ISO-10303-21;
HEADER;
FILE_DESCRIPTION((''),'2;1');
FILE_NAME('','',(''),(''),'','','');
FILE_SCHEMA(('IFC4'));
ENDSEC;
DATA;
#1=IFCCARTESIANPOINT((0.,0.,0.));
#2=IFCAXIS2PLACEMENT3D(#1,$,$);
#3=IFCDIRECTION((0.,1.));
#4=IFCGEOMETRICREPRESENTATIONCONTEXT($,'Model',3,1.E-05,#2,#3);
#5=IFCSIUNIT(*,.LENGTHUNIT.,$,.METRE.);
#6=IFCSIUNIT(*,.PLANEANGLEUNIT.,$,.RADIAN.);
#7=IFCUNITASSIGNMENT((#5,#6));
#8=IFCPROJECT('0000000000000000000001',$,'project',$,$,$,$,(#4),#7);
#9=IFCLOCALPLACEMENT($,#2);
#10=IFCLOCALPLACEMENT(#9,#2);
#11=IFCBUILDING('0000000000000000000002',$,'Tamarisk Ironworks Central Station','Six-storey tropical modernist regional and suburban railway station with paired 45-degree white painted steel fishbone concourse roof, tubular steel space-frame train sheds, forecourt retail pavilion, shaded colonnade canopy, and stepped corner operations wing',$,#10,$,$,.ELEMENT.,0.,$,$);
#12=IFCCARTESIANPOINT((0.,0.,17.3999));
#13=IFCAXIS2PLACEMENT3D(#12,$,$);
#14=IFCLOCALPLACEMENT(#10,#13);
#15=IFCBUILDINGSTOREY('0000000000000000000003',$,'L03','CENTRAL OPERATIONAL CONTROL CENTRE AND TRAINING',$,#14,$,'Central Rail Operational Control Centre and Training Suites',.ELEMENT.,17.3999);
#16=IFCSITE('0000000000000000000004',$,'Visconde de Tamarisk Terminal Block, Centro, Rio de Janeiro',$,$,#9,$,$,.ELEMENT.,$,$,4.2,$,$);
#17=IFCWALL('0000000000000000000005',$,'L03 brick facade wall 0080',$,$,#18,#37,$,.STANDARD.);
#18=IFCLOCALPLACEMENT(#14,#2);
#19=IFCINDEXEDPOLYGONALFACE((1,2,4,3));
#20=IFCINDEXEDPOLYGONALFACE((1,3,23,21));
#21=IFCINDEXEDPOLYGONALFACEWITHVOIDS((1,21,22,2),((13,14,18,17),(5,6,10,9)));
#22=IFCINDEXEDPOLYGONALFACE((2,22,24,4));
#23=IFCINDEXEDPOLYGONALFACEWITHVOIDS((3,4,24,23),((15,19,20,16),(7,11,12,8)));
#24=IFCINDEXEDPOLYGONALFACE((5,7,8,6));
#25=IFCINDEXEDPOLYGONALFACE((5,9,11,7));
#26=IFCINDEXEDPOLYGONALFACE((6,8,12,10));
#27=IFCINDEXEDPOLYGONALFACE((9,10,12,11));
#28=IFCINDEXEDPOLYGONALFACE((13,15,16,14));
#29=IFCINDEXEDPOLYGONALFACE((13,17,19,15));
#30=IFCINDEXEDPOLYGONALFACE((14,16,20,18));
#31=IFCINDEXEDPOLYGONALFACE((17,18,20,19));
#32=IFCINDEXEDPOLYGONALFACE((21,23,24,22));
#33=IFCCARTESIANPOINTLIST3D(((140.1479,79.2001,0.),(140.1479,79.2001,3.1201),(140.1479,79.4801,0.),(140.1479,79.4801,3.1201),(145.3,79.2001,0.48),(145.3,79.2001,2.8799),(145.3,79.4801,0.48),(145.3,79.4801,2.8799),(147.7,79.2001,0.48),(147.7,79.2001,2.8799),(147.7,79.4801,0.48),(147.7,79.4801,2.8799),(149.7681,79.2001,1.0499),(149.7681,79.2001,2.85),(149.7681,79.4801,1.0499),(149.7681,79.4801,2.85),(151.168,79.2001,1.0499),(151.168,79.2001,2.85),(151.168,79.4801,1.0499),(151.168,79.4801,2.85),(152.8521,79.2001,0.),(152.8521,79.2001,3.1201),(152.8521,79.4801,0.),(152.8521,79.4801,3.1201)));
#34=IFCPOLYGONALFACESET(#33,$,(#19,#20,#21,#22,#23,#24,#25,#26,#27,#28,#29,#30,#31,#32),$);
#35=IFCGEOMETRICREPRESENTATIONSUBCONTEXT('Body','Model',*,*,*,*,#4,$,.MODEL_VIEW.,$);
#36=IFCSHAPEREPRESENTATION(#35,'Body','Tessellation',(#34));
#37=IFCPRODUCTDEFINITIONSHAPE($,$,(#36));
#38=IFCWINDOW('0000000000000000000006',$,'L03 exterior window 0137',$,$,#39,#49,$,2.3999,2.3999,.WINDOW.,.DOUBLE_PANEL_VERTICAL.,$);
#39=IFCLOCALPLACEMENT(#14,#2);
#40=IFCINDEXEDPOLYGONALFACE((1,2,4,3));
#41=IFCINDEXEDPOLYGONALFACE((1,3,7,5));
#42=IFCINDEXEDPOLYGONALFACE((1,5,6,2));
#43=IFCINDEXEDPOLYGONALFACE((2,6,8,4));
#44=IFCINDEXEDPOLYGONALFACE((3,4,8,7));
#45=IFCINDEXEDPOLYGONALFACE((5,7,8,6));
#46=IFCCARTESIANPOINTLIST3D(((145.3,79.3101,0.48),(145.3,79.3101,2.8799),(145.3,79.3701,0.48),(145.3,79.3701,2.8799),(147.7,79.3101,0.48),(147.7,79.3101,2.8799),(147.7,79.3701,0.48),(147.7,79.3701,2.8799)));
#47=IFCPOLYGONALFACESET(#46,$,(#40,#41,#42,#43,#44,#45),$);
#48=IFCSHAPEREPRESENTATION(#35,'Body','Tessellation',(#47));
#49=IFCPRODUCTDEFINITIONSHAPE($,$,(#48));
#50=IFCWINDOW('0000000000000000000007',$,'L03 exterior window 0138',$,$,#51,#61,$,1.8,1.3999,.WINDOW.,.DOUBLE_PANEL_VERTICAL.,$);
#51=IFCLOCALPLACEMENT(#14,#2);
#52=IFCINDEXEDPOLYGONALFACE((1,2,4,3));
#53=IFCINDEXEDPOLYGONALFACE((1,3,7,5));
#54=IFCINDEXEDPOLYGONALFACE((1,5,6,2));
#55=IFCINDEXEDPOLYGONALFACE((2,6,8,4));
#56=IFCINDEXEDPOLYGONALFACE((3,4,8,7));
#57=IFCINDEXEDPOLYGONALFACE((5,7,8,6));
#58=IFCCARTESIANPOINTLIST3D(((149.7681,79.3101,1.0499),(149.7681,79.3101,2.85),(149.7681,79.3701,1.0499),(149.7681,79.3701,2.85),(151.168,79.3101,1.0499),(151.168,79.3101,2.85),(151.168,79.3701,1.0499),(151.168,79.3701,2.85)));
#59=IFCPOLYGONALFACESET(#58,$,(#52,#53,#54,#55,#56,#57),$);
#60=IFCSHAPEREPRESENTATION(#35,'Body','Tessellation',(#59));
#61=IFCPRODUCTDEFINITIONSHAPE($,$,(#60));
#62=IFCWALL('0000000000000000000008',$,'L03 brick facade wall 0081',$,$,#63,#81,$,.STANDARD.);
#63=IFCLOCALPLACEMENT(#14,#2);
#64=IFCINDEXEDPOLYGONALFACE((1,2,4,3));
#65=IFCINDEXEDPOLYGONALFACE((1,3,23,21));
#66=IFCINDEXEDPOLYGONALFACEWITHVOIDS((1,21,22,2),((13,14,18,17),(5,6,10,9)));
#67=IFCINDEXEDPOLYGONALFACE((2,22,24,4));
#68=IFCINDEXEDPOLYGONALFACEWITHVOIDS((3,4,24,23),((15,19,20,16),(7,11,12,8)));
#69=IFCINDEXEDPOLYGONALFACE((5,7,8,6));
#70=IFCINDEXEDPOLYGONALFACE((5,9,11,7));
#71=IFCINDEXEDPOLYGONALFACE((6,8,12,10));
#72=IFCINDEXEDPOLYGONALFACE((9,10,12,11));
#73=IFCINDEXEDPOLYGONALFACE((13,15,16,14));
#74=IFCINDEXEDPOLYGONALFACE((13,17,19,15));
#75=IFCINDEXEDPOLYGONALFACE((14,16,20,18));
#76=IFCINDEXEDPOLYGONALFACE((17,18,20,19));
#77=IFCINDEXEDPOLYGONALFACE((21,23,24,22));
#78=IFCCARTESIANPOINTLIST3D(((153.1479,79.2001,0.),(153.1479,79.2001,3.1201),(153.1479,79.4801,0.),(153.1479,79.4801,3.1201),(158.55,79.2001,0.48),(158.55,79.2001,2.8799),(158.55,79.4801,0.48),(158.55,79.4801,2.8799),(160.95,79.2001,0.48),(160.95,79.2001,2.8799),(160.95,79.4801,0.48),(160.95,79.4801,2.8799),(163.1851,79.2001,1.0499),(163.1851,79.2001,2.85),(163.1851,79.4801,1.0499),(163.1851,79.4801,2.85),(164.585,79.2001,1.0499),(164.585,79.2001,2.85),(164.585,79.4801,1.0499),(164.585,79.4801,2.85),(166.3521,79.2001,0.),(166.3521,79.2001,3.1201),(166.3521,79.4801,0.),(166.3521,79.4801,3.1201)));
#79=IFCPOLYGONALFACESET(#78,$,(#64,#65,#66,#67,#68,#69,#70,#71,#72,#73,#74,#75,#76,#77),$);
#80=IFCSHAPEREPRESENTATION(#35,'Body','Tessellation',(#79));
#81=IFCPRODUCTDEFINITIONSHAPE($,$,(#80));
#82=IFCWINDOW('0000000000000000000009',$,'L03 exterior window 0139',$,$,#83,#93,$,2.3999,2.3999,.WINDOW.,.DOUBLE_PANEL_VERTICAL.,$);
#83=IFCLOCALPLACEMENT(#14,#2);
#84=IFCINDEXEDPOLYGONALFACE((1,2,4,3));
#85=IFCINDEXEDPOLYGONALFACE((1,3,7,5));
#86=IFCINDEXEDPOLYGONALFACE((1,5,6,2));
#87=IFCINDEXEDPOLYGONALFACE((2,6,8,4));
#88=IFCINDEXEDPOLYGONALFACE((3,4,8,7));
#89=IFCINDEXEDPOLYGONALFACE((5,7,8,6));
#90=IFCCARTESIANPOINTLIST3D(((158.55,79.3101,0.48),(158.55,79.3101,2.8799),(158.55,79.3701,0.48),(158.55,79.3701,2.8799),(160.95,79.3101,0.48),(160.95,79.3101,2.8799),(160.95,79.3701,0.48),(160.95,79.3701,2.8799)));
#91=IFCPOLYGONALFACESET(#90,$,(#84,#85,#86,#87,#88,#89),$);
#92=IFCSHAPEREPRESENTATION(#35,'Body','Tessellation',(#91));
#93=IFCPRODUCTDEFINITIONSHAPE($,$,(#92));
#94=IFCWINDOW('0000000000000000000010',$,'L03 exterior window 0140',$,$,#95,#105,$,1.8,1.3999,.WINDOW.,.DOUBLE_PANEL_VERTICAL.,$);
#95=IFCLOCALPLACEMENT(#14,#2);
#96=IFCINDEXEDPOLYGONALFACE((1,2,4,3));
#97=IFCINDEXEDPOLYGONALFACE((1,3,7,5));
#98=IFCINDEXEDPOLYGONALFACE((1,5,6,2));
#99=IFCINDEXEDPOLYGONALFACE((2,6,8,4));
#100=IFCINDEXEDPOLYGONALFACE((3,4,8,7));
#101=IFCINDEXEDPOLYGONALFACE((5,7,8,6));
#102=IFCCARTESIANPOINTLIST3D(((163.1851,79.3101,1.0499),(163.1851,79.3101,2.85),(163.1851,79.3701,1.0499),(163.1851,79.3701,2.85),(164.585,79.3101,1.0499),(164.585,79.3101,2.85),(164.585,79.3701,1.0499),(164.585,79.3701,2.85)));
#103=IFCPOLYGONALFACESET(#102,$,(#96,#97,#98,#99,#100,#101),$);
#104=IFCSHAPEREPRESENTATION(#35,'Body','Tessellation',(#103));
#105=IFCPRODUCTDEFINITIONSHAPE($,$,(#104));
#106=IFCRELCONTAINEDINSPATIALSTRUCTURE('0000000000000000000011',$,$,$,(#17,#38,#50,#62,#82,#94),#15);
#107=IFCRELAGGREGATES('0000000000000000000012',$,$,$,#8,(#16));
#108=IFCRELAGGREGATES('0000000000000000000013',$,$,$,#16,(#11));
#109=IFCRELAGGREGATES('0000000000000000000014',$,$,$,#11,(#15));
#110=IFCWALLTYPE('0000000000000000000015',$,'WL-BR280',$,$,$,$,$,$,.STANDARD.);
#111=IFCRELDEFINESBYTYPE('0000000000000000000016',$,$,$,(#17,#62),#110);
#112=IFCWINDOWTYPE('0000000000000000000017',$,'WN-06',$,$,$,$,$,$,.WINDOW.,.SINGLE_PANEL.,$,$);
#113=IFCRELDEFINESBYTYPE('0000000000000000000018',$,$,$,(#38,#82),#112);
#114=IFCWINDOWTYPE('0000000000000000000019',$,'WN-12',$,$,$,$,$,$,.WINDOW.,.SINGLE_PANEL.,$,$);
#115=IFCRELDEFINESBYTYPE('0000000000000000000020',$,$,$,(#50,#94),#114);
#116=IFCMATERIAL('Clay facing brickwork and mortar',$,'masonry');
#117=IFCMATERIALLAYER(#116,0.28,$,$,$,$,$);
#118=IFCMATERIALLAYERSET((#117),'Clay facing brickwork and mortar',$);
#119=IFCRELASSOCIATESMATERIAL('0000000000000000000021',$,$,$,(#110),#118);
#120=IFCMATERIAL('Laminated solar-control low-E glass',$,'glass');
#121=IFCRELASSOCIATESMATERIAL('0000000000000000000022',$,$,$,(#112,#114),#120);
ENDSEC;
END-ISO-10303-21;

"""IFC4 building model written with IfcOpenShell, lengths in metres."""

from ifc_helpers import new_model, si_unit, direction, frame, frame_2d, origin, place, context, subcontext, project, spatial, rectangle, extrude, material, layer, layer_set, type_object, element, fill, save


model = new_model("IFC4")

# Units and contexts
model_context = context("Model", 3, precision=1e-05, world=origin(), true_north=direction((0.0, 1.0)))
body_context = subcontext(model_context, "Body", "Model", "MODEL_VIEW")
ifc_project = project(units=[si_unit("LENGTHUNIT", "METRE"), si_unit("PLANEANGLEUNIT", "RADIAN")], contexts=[model_context])

# Site, building, storey
site_placement = place(None, origin())
site = spatial("IfcSite", under=ifc_project, at=site_placement, Name="Visconde de Tamarisk Terminal Block, Centro, Rio de Janeiro", CompositionType="ELEMENT", RefElevation=4.2)
building_placement = place(site_placement, origin())
building = spatial("IfcBuilding", under=site, at=building_placement, Name="Tamarisk Ironworks Central Station", Description="Six-storey tropical modernist regional and suburban railway station with paired 45-degree white painted steel fishbone concourse roof, tubular steel space-frame train sheds, forecourt retail pavilion, shaded colonnade canopy, and stepped corner operations wing", CompositionType="ELEMENT", ElevationOfRefHeight=0.0)
storey_placement = place(building_placement, frame((0.0, 0.0, 17.3999)))
storey = spatial("IfcBuildingStorey", under=building, at=storey_placement, Name="L03", Description="CENTRAL OPERATIONAL CONTROL CENTRE AND TRAINING", LongName="Central Rail Operational Control Centre and Training Suites", CompositionType="ELEMENT", Elevation=17.3999)

# Walls, openings, windows
ifc_material_1 = material(Name="Clay facing brickwork and mortar", Category="masonry")
ifc_layer_1 = layer(ifc_material_1, 0.28)
ifc_layer_set_1 = layer_set([ifc_layer_1], Name="Clay facing brickwork and mortar")
wall_type = type_object("IfcWallType", Name="WL-BR280", PredefinedType="STANDARD", material=ifc_layer_set_1)
wall_1_placement = place(storey_placement, frame((140.1479, 79.3401, 0.0), z_axis=(0.0, 0.0, 1.0), x_axis=(1.0, 0.0, 0.0)))
wall_1 = element("IfcWall", 1, at=wall_1_placement, inside=storey, type_object=wall_type, Name="L03 brick facade wall 0080", PredefinedType="STANDARD", context=body_context, shape_type="SweptSolid", body=[
    extrude(rectangle(XDim=12.7041, YDim=0.28, at=frame_2d((6.3521, 0.0))), origin(), (0.0, 0.0, 1.0), 3.1201),
])
opening_1_placement = place(wall_1_placement, frame((5.1521, 0.0, 0.48)))
opening_1 = element("IfcOpeningElement", 2, at=opening_1_placement, cuts=wall_1, PredefinedType="OPENING", context=body_context, shape_type="SweptSolid", body=[
    extrude(rectangle(XDim=2.3999, YDim=2.3999, at=frame_2d((1.2, 1.2))), frame((0.0, 0.1519, 0.0), z_axis=(0.0, -1.0, 0.0), x_axis=(1.0, 0.0, 0.0)), (0.0, 0.0, 1.0), 0.304),
])
opening_2_placement = place(wall_1_placement, frame((9.6201, 0.0, 1.05)))
opening_2 = element("IfcOpeningElement", 3, at=opening_2_placement, cuts=wall_1, PredefinedType="OPENING", context=body_context, shape_type="SweptSolid", body=[
    extrude(rectangle(XDim=1.3999, YDim=1.8, at=frame_2d((0.7, 0.8999))), frame((0.0, 0.1519, 0.0), z_axis=(0.0, -1.0, 0.0), x_axis=(1.0, 0.0, 0.0)), (0.0, 0.0, 1.0), 0.304),
])
ifc_material_2 = material(Name="Laminated solar-control low-E glass", Category="glass")
window_type_1 = type_object("IfcWindowType", Name="WN-06", PartitioningType="SINGLE_PANEL", PredefinedType="WINDOW", material=ifc_material_2)
window_1_placement = place(opening_1_placement, origin())
window_1 = element("IfcWindow", 4, at=window_1_placement, inside=storey, type_object=window_type_1, Name="L03 exterior window 0137", OverallHeight=2.3999, OverallWidth=2.3999, PartitioningType="DOUBLE_PANEL_VERTICAL", PredefinedType="WINDOW", context=body_context, shape_type="SweptSolid", body=[
    extrude(rectangle(XDim=2.3999, YDim=2.3999, at=frame_2d((1.2, 1.2))), frame((0.0, 0.03, 0.0), z_axis=(0.0, -1.0, 0.0), x_axis=(1.0, 0.0, 0.0)), (0.0, 0.0, 1.0), 0.0601),
])
fill(opening_1, window_1)
window_type_2 = type_object("IfcWindowType", Name="WN-12", PartitioningType="SINGLE_PANEL", PredefinedType="WINDOW", material=ifc_material_2)
window_2_placement = place(opening_2_placement, origin())
window_2 = element("IfcWindow", 5, at=window_2_placement, inside=storey, type_object=window_type_2, Name="L03 exterior window 0138", OverallHeight=1.8, OverallWidth=1.3999, PartitioningType="DOUBLE_PANEL_VERTICAL", PredefinedType="WINDOW", context=body_context, shape_type="SweptSolid", body=[
    extrude(rectangle(XDim=1.3999, YDim=1.8, at=frame_2d((0.7, 0.8999))), frame((0.0, 0.03, 0.0), z_axis=(0.0, -1.0, 0.0), x_axis=(1.0, 0.0, 0.0)), (0.0, 0.0, 1.0), 0.0601),
])
fill(opening_2, window_2)
wall_2_placement = place(storey_placement, frame((153.1479, 79.3401, 0.0), z_axis=(0.0, 0.0, 1.0), x_axis=(1.0, 0.0, 0.0)))
wall_2 = element("IfcWall", 6, at=wall_2_placement, inside=storey, type_object=wall_type, Name="L03 brick facade wall 0081", PredefinedType="STANDARD", context=body_context, shape_type="SweptSolid", body=[
    extrude(rectangle(XDim=13.2041, YDim=0.28, at=frame_2d((6.6021, 0.0))), origin(), (0.0, 0.0, 1.0), 3.1201),
])
opening_3_placement = place(wall_2_placement, frame((5.4021, 0.0, 0.48)))
opening_3 = element("IfcOpeningElement", 7, at=opening_3_placement, cuts=wall_2, PredefinedType="OPENING", context=body_context, shape_type="SweptSolid", body=[
    extrude(rectangle(XDim=2.3999, YDim=2.3999, at=frame_2d((1.2, 1.2))), frame((0.0, 0.1519, 0.0), z_axis=(0.0, -1.0, 0.0), x_axis=(1.0, 0.0, 0.0)), (0.0, 0.0, 1.0), 0.304),
])
opening_4_placement = place(wall_2_placement, frame((10.0371, 0.0, 1.05)))
opening_4 = element("IfcOpeningElement", 8, at=opening_4_placement, cuts=wall_2, PredefinedType="OPENING", context=body_context, shape_type="SweptSolid", body=[
    extrude(rectangle(XDim=1.3999, YDim=1.8, at=frame_2d((0.7, 0.8999))), frame((0.0, 0.1519, 0.0), z_axis=(0.0, -1.0, 0.0), x_axis=(1.0, 0.0, 0.0)), (0.0, 0.0, 1.0), 0.304),
])
window_3_placement = place(opening_3_placement, origin())
window_3 = element("IfcWindow", 9, at=window_3_placement, inside=storey, type_object=window_type_1, Name="L03 exterior window 0139", OverallHeight=2.3999, OverallWidth=2.3999, PartitioningType="DOUBLE_PANEL_VERTICAL", PredefinedType="WINDOW", context=body_context, shape_type="SweptSolid", body=[
    extrude(rectangle(XDim=2.3999, YDim=2.3999, at=frame_2d((1.2, 1.2))), frame((0.0, 0.03, 0.0), z_axis=(0.0, -1.0, 0.0), x_axis=(1.0, 0.0, 0.0)), (0.0, 0.0, 1.0), 0.0601),
])
fill(opening_3, window_3)
window_4_placement = place(opening_4_placement, origin())
window_4 = element("IfcWindow", 10, at=window_4_placement, inside=storey, type_object=window_type_2, Name="L03 exterior window 0140", OverallHeight=1.8, OverallWidth=1.3999, PartitioningType="DOUBLE_PANEL_VERTICAL", PredefinedType="WINDOW", context=body_context, shape_type="SweptSolid", body=[
    extrude(rectangle(XDim=1.3999, YDim=1.8, at=frame_2d((0.7, 0.8999))), frame((0.0, 0.03, 0.0), z_axis=(0.0, -1.0, 0.0), x_axis=(1.0, 0.0, 0.0)), (0.0, 0.0, 1.0), 0.0601),
])
fill(opening_4, window_4)

save(model, "model.ifc")
